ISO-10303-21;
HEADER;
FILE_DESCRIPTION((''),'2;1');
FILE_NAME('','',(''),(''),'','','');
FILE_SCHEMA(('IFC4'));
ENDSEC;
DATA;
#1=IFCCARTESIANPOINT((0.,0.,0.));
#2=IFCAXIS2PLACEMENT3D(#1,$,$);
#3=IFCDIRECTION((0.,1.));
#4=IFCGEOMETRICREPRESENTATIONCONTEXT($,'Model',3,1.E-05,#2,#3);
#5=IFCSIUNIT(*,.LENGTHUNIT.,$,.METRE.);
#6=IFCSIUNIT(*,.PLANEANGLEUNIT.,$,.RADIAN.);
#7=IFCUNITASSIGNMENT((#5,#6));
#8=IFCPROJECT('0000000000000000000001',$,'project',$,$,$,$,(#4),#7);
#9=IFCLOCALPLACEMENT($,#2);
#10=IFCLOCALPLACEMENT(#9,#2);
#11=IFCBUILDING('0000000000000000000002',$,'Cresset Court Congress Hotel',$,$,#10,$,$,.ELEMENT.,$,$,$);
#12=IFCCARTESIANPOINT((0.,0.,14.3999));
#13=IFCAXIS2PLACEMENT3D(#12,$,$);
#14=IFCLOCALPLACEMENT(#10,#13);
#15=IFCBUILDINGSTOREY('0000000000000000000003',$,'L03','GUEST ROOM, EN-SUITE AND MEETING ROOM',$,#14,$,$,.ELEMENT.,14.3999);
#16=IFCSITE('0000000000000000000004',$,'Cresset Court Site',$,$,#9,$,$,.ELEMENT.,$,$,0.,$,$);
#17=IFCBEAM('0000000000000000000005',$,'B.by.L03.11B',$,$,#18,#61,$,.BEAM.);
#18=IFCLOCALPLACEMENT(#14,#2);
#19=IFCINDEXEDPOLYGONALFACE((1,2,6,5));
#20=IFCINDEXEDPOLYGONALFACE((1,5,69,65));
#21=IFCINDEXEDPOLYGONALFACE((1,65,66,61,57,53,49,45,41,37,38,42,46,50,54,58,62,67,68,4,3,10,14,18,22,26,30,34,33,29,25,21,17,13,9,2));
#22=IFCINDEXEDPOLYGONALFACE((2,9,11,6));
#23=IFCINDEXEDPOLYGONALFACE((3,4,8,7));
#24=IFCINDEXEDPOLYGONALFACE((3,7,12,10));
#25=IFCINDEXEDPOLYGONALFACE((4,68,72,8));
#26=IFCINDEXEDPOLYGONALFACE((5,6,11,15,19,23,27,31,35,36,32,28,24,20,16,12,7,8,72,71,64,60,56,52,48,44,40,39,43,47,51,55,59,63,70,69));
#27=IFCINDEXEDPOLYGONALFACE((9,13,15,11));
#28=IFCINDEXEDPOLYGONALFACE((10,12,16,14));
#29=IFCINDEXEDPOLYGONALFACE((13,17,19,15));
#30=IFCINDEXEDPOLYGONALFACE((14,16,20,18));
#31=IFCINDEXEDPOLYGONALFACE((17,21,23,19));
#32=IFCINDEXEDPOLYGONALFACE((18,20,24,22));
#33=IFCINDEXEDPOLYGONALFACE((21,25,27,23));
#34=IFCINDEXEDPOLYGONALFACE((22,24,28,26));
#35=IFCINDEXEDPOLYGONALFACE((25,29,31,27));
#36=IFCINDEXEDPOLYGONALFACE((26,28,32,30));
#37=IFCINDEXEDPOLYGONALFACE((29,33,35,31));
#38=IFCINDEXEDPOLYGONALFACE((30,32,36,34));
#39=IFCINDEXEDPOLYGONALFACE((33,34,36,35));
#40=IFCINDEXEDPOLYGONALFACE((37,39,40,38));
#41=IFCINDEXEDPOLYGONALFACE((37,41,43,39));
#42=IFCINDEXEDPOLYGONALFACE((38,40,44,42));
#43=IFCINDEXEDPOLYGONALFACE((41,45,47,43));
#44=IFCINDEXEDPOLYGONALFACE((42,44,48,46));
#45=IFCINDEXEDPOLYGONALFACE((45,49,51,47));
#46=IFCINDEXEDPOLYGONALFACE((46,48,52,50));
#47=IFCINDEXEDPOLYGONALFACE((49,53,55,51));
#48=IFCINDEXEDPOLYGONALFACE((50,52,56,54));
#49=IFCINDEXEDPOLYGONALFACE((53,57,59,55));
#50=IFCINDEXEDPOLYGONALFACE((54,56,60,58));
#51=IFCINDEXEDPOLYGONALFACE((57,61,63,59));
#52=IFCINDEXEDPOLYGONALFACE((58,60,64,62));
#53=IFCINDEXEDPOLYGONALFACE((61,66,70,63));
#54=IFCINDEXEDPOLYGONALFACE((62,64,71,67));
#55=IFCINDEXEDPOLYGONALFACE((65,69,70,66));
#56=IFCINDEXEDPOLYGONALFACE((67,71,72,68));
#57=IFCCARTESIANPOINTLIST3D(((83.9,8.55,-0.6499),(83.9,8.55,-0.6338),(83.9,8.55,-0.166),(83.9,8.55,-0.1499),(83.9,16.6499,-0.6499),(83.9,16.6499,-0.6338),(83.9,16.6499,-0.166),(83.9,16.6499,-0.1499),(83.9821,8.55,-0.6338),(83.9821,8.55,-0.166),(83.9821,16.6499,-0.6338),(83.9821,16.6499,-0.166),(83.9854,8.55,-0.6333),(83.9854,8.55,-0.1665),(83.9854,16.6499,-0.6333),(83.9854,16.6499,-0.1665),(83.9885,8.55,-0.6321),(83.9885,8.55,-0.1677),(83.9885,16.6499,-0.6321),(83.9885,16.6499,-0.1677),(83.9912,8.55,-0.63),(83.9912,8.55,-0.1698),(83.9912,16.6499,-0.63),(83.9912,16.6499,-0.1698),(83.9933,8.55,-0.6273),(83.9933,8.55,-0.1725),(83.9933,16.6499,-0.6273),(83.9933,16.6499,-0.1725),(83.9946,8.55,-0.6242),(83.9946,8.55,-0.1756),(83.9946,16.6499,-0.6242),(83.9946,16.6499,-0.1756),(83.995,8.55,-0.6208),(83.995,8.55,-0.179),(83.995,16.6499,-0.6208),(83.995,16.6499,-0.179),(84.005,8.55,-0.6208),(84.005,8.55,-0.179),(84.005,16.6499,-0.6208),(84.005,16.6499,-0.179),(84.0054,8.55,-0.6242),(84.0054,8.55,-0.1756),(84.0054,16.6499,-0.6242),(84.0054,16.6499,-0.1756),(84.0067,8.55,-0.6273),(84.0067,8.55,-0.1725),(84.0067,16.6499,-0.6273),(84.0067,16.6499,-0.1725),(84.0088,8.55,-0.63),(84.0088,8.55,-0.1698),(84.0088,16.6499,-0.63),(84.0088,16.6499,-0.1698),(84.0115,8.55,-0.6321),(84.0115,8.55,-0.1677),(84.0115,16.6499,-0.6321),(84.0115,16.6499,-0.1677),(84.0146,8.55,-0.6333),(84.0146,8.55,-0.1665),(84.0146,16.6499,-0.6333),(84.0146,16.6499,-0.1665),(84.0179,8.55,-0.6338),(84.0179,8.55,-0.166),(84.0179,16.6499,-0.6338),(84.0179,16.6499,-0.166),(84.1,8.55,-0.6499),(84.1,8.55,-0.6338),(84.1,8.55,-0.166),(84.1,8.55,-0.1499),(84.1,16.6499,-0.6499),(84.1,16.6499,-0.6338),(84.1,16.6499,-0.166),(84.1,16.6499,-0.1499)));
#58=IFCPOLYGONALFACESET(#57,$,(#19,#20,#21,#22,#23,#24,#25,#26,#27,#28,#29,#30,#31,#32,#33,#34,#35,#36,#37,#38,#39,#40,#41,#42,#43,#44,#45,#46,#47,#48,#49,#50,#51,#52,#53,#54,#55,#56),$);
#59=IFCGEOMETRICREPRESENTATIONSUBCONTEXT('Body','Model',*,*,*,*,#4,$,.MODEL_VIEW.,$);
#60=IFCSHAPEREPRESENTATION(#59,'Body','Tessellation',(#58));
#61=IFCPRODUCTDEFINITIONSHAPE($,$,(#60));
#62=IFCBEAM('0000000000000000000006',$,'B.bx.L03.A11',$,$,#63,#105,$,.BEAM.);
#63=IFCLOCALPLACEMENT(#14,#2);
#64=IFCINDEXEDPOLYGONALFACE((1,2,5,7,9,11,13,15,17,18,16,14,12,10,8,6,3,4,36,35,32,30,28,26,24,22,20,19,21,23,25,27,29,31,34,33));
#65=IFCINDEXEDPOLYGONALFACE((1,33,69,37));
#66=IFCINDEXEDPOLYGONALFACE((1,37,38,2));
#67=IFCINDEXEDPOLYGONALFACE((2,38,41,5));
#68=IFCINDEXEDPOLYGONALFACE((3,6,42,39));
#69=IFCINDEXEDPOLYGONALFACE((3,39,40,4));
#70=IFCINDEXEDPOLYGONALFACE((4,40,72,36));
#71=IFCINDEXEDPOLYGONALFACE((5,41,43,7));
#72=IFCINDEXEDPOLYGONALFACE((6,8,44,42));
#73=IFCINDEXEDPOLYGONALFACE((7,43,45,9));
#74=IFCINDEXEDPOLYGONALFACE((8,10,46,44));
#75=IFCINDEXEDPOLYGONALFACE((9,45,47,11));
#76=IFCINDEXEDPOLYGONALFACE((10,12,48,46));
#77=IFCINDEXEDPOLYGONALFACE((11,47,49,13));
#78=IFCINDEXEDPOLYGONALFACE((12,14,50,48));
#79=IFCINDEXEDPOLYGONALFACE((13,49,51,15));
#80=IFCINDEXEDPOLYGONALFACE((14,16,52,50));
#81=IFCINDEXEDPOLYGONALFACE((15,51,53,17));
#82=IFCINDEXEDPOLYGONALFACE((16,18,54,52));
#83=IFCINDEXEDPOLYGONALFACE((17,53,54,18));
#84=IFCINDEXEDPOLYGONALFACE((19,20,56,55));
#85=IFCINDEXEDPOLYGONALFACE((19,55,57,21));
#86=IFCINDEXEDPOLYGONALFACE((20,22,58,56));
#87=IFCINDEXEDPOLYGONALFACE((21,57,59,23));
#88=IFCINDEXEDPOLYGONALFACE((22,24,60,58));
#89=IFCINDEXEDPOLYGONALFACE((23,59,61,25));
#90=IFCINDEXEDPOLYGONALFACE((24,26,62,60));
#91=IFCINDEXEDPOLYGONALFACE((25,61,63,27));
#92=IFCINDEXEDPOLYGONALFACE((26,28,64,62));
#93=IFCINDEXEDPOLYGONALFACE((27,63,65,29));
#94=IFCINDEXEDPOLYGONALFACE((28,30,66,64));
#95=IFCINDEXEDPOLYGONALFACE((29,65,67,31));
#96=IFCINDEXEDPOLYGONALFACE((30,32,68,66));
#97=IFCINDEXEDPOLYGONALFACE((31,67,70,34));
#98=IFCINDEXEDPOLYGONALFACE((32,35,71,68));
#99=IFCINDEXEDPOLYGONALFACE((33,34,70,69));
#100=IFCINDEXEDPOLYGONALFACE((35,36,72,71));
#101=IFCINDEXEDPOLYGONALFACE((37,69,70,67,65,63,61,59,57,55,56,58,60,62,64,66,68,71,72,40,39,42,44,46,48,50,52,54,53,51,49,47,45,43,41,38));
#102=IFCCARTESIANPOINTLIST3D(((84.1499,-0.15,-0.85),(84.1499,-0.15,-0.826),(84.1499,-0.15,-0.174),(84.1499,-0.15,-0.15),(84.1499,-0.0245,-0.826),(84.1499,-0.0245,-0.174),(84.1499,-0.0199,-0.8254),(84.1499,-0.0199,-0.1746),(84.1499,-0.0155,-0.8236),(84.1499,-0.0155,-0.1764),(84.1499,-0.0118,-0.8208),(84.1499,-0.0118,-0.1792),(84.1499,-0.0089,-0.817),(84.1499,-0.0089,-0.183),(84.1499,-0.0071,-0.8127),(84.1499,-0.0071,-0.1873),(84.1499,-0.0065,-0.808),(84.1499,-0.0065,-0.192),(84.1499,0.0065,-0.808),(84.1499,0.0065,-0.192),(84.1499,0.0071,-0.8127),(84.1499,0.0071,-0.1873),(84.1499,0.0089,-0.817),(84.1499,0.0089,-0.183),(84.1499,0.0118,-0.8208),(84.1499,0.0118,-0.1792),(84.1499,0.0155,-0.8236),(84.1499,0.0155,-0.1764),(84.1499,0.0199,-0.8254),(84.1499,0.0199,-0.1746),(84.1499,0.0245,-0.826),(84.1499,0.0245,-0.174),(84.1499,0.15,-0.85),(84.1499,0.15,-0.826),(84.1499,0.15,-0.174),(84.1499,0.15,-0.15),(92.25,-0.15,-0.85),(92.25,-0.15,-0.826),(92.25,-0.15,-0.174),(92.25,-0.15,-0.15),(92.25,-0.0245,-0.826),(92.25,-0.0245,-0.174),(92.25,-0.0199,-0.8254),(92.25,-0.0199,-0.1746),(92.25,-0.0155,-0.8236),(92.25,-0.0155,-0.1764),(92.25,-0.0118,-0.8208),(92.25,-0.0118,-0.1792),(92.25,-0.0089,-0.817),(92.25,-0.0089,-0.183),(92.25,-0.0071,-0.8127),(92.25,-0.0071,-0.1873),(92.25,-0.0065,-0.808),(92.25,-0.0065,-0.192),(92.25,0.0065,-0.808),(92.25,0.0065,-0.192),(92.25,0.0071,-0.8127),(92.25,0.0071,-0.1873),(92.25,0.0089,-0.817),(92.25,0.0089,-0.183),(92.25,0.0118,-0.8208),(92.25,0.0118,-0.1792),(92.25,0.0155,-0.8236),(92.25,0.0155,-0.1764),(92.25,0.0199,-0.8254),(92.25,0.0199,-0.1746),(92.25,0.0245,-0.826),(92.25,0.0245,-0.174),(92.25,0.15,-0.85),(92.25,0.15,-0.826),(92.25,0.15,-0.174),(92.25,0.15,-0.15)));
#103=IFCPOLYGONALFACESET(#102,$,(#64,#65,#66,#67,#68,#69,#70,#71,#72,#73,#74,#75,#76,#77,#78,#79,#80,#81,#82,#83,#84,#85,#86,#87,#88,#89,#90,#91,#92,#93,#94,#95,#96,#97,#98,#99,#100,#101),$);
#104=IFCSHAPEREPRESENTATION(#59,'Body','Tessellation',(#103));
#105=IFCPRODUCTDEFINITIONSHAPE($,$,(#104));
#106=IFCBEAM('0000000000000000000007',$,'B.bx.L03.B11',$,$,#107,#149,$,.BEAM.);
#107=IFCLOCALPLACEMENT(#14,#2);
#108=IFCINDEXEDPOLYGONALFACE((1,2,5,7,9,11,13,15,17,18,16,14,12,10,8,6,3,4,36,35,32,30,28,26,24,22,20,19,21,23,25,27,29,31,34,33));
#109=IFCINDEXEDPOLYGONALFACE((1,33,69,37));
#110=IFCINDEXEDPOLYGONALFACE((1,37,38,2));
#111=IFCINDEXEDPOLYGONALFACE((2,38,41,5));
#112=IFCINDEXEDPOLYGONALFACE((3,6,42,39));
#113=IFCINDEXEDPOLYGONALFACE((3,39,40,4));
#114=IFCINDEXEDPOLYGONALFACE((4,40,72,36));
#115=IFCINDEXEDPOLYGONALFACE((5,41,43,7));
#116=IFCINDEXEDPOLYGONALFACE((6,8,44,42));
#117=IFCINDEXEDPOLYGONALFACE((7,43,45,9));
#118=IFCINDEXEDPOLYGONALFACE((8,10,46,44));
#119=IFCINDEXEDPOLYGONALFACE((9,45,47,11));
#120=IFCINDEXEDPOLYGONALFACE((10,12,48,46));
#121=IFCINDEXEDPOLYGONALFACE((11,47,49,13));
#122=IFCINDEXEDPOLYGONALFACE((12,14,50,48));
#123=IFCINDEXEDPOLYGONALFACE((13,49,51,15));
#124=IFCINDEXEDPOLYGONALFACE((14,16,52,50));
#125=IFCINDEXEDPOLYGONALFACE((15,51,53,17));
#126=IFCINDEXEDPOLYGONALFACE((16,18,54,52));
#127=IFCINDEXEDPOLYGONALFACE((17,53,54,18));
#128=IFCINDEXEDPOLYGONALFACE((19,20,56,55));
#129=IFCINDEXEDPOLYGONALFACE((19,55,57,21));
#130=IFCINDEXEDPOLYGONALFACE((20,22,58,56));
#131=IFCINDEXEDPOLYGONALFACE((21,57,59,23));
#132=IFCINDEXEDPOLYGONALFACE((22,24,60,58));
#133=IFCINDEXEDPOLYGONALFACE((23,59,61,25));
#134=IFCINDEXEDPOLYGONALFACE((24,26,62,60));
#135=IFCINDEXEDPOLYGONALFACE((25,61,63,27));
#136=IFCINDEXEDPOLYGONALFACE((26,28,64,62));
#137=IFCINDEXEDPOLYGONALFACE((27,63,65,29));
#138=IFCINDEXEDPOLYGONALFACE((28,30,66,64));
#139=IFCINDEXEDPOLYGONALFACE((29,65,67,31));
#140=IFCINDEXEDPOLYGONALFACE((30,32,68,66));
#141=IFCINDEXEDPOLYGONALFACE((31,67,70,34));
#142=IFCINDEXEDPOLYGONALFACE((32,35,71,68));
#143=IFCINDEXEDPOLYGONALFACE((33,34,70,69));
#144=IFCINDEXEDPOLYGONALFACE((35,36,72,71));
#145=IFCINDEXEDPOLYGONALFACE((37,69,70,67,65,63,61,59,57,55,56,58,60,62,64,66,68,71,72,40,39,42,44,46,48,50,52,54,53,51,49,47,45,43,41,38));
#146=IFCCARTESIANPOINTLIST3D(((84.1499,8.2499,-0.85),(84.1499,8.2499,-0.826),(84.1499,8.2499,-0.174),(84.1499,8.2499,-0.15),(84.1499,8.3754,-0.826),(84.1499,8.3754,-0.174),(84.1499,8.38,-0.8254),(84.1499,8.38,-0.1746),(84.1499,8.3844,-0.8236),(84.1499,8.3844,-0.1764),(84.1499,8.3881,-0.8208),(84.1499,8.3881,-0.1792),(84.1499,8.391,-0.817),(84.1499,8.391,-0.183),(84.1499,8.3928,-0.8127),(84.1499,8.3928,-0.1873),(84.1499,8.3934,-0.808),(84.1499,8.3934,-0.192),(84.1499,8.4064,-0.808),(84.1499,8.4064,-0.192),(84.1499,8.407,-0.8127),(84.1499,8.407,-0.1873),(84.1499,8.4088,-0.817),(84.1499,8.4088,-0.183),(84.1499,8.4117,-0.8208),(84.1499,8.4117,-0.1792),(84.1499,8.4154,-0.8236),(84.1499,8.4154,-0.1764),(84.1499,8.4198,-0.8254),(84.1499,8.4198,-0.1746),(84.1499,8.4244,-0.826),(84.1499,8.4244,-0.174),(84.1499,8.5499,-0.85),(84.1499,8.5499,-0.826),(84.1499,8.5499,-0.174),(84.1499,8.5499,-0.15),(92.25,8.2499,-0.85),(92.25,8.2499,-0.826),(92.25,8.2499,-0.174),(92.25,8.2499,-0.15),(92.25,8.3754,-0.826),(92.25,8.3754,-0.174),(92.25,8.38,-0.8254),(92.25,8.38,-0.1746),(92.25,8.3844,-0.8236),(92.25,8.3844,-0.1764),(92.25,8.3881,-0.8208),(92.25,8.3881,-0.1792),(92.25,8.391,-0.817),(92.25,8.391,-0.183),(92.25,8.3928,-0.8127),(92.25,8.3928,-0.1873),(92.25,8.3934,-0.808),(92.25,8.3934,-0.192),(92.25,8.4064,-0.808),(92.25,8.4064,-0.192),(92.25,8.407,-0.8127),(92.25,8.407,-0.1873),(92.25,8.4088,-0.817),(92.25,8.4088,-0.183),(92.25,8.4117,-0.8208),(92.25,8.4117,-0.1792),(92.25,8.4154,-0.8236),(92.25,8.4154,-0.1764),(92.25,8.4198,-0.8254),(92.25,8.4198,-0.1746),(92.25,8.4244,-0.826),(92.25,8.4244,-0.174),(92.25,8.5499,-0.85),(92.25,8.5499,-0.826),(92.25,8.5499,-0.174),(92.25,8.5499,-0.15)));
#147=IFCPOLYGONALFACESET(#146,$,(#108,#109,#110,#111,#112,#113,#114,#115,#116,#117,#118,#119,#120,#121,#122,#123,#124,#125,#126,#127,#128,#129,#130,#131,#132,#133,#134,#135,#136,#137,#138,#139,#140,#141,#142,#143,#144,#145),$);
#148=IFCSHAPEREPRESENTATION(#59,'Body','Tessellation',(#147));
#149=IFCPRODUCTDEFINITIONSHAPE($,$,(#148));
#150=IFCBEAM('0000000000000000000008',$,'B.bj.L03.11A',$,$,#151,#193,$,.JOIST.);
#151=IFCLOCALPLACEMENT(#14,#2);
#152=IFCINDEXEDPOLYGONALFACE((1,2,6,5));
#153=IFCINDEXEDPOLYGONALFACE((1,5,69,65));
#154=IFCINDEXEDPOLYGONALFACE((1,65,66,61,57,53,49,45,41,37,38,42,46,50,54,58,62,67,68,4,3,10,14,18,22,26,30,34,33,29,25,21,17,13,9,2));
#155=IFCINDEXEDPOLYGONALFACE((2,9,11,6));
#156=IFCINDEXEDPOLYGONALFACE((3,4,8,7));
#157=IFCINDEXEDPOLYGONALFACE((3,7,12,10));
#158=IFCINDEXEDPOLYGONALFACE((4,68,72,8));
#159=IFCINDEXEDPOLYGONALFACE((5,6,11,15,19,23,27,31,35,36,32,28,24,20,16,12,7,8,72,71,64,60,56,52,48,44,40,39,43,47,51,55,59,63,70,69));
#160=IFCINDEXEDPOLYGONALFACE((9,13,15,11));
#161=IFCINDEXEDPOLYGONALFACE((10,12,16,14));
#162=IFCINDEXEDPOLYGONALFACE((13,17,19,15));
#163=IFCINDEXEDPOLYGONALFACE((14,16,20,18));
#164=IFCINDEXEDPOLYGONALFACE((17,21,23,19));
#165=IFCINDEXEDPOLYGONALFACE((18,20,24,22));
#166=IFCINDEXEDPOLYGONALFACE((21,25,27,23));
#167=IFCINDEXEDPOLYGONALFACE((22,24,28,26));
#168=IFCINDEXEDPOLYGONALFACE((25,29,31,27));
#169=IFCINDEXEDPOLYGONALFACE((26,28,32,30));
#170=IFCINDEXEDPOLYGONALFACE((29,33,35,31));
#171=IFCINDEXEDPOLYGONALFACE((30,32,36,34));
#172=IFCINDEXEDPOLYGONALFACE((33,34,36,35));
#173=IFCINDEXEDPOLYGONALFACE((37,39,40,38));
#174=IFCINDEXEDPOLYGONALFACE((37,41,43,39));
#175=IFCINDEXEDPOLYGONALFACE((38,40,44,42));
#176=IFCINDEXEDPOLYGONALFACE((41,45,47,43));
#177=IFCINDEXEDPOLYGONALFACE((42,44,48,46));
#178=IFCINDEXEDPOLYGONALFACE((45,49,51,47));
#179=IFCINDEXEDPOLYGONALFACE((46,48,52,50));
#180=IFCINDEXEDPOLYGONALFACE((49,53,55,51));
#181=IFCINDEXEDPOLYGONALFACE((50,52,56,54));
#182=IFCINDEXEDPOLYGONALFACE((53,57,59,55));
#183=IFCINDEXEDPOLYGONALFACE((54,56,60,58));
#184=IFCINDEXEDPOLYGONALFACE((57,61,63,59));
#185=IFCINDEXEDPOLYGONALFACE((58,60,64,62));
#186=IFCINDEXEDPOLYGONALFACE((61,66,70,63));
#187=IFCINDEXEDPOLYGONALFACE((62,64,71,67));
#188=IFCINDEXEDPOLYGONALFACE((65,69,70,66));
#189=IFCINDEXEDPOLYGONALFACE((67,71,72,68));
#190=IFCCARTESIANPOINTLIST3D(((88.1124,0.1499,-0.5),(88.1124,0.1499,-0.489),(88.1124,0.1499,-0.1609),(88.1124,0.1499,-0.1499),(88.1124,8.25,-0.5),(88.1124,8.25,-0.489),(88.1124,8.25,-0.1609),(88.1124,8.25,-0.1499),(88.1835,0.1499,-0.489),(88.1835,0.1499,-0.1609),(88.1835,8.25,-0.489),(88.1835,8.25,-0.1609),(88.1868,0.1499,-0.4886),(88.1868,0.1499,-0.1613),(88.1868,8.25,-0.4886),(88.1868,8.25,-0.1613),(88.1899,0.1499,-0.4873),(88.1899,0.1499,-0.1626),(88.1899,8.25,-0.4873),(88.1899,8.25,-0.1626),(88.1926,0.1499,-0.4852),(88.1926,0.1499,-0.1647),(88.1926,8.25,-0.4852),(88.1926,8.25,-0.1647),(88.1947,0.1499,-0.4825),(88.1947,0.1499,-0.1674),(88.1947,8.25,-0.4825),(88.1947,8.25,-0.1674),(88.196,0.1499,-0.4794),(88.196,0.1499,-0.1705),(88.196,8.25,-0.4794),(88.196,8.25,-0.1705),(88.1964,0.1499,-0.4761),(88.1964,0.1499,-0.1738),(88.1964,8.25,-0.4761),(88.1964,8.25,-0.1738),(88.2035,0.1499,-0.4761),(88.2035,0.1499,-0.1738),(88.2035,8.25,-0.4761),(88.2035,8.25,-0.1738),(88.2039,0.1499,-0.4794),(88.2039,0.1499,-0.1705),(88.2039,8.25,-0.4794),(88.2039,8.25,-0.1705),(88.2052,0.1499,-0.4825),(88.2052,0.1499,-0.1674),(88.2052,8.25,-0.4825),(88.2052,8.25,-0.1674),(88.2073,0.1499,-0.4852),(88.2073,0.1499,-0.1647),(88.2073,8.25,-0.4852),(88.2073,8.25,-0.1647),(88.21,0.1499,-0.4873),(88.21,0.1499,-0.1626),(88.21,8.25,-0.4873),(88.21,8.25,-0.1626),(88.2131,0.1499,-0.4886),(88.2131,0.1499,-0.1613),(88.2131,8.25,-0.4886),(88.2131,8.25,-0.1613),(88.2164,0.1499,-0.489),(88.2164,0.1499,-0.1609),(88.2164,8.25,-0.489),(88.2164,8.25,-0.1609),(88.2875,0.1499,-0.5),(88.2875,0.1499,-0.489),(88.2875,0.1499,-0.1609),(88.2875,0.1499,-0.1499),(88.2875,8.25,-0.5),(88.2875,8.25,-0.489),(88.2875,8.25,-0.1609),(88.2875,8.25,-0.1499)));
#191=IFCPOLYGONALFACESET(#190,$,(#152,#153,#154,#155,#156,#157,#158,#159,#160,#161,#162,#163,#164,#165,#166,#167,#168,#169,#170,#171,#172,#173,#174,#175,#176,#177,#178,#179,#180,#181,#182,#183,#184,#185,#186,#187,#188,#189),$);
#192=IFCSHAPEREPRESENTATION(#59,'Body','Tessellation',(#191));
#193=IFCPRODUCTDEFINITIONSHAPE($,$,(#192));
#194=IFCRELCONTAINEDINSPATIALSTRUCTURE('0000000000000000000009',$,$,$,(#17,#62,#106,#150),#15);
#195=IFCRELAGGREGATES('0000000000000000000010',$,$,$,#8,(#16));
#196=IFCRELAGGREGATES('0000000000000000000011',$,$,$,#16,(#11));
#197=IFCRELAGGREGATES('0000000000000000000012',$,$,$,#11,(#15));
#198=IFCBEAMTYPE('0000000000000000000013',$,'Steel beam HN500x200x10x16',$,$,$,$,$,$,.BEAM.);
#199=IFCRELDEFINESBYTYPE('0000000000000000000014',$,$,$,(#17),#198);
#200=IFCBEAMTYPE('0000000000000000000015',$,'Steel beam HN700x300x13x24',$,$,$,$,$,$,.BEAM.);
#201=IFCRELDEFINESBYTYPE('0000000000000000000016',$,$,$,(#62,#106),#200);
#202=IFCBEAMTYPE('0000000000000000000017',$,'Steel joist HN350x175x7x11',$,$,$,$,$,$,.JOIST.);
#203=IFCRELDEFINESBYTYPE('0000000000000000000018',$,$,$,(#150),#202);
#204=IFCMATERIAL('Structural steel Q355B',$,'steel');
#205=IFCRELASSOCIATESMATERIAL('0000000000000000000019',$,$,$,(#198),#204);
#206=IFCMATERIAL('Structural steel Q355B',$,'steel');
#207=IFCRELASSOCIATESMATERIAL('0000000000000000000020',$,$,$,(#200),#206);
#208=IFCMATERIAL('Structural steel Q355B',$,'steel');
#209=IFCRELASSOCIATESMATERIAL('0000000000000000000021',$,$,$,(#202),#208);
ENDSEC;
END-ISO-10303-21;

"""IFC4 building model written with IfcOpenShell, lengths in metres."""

from ifc_helpers import new_model, si_unit, direction, frame, origin, origin_2d, place, context, subcontext, project, spatial, i_section, extrude, material, material_profile, profile_set, type_object, element, save


model = new_model("IFC4")

# Units and contexts
model_context = context("Model", 3, precision=1e-05, world=origin(), true_north=direction((0.0, 1.0)))
body_context = subcontext(model_context, "Body", "Model", "MODEL_VIEW")
ifc_project = project(units=[si_unit("LENGTHUNIT", "METRE"), si_unit("PLANEANGLEUNIT", "RADIAN")], contexts=[model_context])

# Site, building, storey
site_placement = place(None, origin())
site = spatial("IfcSite", under=ifc_project, at=site_placement, Name="Cresset Court Site", CompositionType="ELEMENT", RefElevation=0.0)
building_placement = place(site_placement, origin())
building = spatial("IfcBuilding", under=site, at=building_placement, Name="Cresset Court Congress Hotel", CompositionType="ELEMENT")
storey_placement = place(building_placement, frame((0.0, 0.0, 14.3999)))
storey = spatial("IfcBuildingStorey", under=building, at=storey_placement, Name="L03", Description="GUEST ROOM, EN-SUITE AND MEETING ROOM", CompositionType="ELEMENT", Elevation=14.3999)

# Beams
ifc_material_1 = material(Name="Structural steel Q355B", Category="steel")
ifc_material_profile_1 = material_profile(ifc_material_1, i_section(OverallWidth=0.2, OverallDepth=0.5, WebThickness=0.01, FlangeThickness=0.0161, FilletRadius=0.0129, at=origin_2d()), Name="HN500x200x10x16")
ifc_profile_set_1 = profile_set([ifc_material_profile_1], Name="Structural steel Q355B")
beam_type_1 = type_object("IfcBeamType", Name="Steel beam HN500x200x10x16", PredefinedType="BEAM", material=ifc_profile_set_1)
beam_1_placement = place(storey_placement, frame((84.0, 8.55, -0.3999), z_axis=(0.0, 1.0, 0.0), x_axis=(-1.0, 0.0, 0.0)))
element("IfcBeam", 1, at=beam_1_placement, inside=storey, type_object=beam_type_1, Name="B.by.L03.11B", PredefinedType="BEAM", context=body_context, shape_type="SweptSolid", body=[
    extrude(i_section(OverallWidth=0.2, OverallDepth=0.5, WebThickness=0.01, FlangeThickness=0.0161, FilletRadius=0.0129, at=origin_2d()), origin(), (0.0, 0.0, 1.0), 8.0999),
])
ifc_material_2 = material(Name="Structural steel Q355B", Category="steel")
ifc_material_profile_2 = material_profile(ifc_material_2, i_section(OverallWidth=0.3, OverallDepth=0.7, WebThickness=0.0129, FlangeThickness=0.0239, FilletRadius=0.0181, at=origin_2d()), Name="HN700x300x13x24")
ifc_profile_set_2 = profile_set([ifc_material_profile_2], Name="Structural steel Q355B")
beam_type_2 = type_object("IfcBeamType", Name="Steel beam HN700x300x13x24", PredefinedType="BEAM", material=ifc_profile_set_2)
for number, where, z_axis, x_axis, name in (
    (2, (84.1499, 0.0, -0.5), (1.0, 0.0, 0.0), (0.0, 1.0, 0.0), "B.bx.L03.A11"),
    (3, (84.1499, 8.3999, -0.5), (1.0, 0.0, 0.0), (0.0, 1.0, 0.0), "B.bx.L03.B11"),
):
    element("IfcBeam", number, at=place(storey_placement, frame(where, z_axis=z_axis, x_axis=x_axis)), inside=storey, type_object=beam_type_2, Name=name, PredefinedType="BEAM", context=body_context, shape_type="SweptSolid", body=[
        extrude(i_section(OverallWidth=0.3, OverallDepth=0.7, WebThickness=0.0129, FlangeThickness=0.0239, FilletRadius=0.0181, at=origin_2d()), origin(), (0.0, 0.0, 1.0), 8.1001),
    ])
ifc_material_3 = material(Name="Structural steel Q355B", Category="steel")
ifc_material_profile_3 = material_profile(ifc_material_3, i_section(OverallWidth=0.175, OverallDepth=0.3501, WebThickness=0.0071, FlangeThickness=0.011, FilletRadius=0.0129, at=origin_2d()), Name="HN350x175x7x11")
ifc_profile_set_3 = profile_set([ifc_material_profile_3], Name="Structural steel Q355B")
beam_type_3 = type_object("IfcBeamType", Name="Steel joist HN350x175x7x11", PredefinedType="JOIST", material=ifc_profile_set_3)
beam_2_placement = place(storey_placement, frame((88.2, 0.1499, -0.325), z_axis=(0.0, 1.0, 0.0), x_axis=(-1.0, 0.0, 0.0)))
element("IfcBeam", 4, at=beam_2_placement, inside=storey, type_object=beam_type_3, Name="B.bj.L03.11A", PredefinedType="JOIST", context=body_context, shape_type="SweptSolid", body=[
    extrude(i_section(OverallWidth=0.175, OverallDepth=0.3501, WebThickness=0.0071, FlangeThickness=0.011, FilletRadius=0.0129, at=origin_2d()), origin(), (0.0, 0.0, 1.0), 8.1001),
])

save(model, "model.ifc")
